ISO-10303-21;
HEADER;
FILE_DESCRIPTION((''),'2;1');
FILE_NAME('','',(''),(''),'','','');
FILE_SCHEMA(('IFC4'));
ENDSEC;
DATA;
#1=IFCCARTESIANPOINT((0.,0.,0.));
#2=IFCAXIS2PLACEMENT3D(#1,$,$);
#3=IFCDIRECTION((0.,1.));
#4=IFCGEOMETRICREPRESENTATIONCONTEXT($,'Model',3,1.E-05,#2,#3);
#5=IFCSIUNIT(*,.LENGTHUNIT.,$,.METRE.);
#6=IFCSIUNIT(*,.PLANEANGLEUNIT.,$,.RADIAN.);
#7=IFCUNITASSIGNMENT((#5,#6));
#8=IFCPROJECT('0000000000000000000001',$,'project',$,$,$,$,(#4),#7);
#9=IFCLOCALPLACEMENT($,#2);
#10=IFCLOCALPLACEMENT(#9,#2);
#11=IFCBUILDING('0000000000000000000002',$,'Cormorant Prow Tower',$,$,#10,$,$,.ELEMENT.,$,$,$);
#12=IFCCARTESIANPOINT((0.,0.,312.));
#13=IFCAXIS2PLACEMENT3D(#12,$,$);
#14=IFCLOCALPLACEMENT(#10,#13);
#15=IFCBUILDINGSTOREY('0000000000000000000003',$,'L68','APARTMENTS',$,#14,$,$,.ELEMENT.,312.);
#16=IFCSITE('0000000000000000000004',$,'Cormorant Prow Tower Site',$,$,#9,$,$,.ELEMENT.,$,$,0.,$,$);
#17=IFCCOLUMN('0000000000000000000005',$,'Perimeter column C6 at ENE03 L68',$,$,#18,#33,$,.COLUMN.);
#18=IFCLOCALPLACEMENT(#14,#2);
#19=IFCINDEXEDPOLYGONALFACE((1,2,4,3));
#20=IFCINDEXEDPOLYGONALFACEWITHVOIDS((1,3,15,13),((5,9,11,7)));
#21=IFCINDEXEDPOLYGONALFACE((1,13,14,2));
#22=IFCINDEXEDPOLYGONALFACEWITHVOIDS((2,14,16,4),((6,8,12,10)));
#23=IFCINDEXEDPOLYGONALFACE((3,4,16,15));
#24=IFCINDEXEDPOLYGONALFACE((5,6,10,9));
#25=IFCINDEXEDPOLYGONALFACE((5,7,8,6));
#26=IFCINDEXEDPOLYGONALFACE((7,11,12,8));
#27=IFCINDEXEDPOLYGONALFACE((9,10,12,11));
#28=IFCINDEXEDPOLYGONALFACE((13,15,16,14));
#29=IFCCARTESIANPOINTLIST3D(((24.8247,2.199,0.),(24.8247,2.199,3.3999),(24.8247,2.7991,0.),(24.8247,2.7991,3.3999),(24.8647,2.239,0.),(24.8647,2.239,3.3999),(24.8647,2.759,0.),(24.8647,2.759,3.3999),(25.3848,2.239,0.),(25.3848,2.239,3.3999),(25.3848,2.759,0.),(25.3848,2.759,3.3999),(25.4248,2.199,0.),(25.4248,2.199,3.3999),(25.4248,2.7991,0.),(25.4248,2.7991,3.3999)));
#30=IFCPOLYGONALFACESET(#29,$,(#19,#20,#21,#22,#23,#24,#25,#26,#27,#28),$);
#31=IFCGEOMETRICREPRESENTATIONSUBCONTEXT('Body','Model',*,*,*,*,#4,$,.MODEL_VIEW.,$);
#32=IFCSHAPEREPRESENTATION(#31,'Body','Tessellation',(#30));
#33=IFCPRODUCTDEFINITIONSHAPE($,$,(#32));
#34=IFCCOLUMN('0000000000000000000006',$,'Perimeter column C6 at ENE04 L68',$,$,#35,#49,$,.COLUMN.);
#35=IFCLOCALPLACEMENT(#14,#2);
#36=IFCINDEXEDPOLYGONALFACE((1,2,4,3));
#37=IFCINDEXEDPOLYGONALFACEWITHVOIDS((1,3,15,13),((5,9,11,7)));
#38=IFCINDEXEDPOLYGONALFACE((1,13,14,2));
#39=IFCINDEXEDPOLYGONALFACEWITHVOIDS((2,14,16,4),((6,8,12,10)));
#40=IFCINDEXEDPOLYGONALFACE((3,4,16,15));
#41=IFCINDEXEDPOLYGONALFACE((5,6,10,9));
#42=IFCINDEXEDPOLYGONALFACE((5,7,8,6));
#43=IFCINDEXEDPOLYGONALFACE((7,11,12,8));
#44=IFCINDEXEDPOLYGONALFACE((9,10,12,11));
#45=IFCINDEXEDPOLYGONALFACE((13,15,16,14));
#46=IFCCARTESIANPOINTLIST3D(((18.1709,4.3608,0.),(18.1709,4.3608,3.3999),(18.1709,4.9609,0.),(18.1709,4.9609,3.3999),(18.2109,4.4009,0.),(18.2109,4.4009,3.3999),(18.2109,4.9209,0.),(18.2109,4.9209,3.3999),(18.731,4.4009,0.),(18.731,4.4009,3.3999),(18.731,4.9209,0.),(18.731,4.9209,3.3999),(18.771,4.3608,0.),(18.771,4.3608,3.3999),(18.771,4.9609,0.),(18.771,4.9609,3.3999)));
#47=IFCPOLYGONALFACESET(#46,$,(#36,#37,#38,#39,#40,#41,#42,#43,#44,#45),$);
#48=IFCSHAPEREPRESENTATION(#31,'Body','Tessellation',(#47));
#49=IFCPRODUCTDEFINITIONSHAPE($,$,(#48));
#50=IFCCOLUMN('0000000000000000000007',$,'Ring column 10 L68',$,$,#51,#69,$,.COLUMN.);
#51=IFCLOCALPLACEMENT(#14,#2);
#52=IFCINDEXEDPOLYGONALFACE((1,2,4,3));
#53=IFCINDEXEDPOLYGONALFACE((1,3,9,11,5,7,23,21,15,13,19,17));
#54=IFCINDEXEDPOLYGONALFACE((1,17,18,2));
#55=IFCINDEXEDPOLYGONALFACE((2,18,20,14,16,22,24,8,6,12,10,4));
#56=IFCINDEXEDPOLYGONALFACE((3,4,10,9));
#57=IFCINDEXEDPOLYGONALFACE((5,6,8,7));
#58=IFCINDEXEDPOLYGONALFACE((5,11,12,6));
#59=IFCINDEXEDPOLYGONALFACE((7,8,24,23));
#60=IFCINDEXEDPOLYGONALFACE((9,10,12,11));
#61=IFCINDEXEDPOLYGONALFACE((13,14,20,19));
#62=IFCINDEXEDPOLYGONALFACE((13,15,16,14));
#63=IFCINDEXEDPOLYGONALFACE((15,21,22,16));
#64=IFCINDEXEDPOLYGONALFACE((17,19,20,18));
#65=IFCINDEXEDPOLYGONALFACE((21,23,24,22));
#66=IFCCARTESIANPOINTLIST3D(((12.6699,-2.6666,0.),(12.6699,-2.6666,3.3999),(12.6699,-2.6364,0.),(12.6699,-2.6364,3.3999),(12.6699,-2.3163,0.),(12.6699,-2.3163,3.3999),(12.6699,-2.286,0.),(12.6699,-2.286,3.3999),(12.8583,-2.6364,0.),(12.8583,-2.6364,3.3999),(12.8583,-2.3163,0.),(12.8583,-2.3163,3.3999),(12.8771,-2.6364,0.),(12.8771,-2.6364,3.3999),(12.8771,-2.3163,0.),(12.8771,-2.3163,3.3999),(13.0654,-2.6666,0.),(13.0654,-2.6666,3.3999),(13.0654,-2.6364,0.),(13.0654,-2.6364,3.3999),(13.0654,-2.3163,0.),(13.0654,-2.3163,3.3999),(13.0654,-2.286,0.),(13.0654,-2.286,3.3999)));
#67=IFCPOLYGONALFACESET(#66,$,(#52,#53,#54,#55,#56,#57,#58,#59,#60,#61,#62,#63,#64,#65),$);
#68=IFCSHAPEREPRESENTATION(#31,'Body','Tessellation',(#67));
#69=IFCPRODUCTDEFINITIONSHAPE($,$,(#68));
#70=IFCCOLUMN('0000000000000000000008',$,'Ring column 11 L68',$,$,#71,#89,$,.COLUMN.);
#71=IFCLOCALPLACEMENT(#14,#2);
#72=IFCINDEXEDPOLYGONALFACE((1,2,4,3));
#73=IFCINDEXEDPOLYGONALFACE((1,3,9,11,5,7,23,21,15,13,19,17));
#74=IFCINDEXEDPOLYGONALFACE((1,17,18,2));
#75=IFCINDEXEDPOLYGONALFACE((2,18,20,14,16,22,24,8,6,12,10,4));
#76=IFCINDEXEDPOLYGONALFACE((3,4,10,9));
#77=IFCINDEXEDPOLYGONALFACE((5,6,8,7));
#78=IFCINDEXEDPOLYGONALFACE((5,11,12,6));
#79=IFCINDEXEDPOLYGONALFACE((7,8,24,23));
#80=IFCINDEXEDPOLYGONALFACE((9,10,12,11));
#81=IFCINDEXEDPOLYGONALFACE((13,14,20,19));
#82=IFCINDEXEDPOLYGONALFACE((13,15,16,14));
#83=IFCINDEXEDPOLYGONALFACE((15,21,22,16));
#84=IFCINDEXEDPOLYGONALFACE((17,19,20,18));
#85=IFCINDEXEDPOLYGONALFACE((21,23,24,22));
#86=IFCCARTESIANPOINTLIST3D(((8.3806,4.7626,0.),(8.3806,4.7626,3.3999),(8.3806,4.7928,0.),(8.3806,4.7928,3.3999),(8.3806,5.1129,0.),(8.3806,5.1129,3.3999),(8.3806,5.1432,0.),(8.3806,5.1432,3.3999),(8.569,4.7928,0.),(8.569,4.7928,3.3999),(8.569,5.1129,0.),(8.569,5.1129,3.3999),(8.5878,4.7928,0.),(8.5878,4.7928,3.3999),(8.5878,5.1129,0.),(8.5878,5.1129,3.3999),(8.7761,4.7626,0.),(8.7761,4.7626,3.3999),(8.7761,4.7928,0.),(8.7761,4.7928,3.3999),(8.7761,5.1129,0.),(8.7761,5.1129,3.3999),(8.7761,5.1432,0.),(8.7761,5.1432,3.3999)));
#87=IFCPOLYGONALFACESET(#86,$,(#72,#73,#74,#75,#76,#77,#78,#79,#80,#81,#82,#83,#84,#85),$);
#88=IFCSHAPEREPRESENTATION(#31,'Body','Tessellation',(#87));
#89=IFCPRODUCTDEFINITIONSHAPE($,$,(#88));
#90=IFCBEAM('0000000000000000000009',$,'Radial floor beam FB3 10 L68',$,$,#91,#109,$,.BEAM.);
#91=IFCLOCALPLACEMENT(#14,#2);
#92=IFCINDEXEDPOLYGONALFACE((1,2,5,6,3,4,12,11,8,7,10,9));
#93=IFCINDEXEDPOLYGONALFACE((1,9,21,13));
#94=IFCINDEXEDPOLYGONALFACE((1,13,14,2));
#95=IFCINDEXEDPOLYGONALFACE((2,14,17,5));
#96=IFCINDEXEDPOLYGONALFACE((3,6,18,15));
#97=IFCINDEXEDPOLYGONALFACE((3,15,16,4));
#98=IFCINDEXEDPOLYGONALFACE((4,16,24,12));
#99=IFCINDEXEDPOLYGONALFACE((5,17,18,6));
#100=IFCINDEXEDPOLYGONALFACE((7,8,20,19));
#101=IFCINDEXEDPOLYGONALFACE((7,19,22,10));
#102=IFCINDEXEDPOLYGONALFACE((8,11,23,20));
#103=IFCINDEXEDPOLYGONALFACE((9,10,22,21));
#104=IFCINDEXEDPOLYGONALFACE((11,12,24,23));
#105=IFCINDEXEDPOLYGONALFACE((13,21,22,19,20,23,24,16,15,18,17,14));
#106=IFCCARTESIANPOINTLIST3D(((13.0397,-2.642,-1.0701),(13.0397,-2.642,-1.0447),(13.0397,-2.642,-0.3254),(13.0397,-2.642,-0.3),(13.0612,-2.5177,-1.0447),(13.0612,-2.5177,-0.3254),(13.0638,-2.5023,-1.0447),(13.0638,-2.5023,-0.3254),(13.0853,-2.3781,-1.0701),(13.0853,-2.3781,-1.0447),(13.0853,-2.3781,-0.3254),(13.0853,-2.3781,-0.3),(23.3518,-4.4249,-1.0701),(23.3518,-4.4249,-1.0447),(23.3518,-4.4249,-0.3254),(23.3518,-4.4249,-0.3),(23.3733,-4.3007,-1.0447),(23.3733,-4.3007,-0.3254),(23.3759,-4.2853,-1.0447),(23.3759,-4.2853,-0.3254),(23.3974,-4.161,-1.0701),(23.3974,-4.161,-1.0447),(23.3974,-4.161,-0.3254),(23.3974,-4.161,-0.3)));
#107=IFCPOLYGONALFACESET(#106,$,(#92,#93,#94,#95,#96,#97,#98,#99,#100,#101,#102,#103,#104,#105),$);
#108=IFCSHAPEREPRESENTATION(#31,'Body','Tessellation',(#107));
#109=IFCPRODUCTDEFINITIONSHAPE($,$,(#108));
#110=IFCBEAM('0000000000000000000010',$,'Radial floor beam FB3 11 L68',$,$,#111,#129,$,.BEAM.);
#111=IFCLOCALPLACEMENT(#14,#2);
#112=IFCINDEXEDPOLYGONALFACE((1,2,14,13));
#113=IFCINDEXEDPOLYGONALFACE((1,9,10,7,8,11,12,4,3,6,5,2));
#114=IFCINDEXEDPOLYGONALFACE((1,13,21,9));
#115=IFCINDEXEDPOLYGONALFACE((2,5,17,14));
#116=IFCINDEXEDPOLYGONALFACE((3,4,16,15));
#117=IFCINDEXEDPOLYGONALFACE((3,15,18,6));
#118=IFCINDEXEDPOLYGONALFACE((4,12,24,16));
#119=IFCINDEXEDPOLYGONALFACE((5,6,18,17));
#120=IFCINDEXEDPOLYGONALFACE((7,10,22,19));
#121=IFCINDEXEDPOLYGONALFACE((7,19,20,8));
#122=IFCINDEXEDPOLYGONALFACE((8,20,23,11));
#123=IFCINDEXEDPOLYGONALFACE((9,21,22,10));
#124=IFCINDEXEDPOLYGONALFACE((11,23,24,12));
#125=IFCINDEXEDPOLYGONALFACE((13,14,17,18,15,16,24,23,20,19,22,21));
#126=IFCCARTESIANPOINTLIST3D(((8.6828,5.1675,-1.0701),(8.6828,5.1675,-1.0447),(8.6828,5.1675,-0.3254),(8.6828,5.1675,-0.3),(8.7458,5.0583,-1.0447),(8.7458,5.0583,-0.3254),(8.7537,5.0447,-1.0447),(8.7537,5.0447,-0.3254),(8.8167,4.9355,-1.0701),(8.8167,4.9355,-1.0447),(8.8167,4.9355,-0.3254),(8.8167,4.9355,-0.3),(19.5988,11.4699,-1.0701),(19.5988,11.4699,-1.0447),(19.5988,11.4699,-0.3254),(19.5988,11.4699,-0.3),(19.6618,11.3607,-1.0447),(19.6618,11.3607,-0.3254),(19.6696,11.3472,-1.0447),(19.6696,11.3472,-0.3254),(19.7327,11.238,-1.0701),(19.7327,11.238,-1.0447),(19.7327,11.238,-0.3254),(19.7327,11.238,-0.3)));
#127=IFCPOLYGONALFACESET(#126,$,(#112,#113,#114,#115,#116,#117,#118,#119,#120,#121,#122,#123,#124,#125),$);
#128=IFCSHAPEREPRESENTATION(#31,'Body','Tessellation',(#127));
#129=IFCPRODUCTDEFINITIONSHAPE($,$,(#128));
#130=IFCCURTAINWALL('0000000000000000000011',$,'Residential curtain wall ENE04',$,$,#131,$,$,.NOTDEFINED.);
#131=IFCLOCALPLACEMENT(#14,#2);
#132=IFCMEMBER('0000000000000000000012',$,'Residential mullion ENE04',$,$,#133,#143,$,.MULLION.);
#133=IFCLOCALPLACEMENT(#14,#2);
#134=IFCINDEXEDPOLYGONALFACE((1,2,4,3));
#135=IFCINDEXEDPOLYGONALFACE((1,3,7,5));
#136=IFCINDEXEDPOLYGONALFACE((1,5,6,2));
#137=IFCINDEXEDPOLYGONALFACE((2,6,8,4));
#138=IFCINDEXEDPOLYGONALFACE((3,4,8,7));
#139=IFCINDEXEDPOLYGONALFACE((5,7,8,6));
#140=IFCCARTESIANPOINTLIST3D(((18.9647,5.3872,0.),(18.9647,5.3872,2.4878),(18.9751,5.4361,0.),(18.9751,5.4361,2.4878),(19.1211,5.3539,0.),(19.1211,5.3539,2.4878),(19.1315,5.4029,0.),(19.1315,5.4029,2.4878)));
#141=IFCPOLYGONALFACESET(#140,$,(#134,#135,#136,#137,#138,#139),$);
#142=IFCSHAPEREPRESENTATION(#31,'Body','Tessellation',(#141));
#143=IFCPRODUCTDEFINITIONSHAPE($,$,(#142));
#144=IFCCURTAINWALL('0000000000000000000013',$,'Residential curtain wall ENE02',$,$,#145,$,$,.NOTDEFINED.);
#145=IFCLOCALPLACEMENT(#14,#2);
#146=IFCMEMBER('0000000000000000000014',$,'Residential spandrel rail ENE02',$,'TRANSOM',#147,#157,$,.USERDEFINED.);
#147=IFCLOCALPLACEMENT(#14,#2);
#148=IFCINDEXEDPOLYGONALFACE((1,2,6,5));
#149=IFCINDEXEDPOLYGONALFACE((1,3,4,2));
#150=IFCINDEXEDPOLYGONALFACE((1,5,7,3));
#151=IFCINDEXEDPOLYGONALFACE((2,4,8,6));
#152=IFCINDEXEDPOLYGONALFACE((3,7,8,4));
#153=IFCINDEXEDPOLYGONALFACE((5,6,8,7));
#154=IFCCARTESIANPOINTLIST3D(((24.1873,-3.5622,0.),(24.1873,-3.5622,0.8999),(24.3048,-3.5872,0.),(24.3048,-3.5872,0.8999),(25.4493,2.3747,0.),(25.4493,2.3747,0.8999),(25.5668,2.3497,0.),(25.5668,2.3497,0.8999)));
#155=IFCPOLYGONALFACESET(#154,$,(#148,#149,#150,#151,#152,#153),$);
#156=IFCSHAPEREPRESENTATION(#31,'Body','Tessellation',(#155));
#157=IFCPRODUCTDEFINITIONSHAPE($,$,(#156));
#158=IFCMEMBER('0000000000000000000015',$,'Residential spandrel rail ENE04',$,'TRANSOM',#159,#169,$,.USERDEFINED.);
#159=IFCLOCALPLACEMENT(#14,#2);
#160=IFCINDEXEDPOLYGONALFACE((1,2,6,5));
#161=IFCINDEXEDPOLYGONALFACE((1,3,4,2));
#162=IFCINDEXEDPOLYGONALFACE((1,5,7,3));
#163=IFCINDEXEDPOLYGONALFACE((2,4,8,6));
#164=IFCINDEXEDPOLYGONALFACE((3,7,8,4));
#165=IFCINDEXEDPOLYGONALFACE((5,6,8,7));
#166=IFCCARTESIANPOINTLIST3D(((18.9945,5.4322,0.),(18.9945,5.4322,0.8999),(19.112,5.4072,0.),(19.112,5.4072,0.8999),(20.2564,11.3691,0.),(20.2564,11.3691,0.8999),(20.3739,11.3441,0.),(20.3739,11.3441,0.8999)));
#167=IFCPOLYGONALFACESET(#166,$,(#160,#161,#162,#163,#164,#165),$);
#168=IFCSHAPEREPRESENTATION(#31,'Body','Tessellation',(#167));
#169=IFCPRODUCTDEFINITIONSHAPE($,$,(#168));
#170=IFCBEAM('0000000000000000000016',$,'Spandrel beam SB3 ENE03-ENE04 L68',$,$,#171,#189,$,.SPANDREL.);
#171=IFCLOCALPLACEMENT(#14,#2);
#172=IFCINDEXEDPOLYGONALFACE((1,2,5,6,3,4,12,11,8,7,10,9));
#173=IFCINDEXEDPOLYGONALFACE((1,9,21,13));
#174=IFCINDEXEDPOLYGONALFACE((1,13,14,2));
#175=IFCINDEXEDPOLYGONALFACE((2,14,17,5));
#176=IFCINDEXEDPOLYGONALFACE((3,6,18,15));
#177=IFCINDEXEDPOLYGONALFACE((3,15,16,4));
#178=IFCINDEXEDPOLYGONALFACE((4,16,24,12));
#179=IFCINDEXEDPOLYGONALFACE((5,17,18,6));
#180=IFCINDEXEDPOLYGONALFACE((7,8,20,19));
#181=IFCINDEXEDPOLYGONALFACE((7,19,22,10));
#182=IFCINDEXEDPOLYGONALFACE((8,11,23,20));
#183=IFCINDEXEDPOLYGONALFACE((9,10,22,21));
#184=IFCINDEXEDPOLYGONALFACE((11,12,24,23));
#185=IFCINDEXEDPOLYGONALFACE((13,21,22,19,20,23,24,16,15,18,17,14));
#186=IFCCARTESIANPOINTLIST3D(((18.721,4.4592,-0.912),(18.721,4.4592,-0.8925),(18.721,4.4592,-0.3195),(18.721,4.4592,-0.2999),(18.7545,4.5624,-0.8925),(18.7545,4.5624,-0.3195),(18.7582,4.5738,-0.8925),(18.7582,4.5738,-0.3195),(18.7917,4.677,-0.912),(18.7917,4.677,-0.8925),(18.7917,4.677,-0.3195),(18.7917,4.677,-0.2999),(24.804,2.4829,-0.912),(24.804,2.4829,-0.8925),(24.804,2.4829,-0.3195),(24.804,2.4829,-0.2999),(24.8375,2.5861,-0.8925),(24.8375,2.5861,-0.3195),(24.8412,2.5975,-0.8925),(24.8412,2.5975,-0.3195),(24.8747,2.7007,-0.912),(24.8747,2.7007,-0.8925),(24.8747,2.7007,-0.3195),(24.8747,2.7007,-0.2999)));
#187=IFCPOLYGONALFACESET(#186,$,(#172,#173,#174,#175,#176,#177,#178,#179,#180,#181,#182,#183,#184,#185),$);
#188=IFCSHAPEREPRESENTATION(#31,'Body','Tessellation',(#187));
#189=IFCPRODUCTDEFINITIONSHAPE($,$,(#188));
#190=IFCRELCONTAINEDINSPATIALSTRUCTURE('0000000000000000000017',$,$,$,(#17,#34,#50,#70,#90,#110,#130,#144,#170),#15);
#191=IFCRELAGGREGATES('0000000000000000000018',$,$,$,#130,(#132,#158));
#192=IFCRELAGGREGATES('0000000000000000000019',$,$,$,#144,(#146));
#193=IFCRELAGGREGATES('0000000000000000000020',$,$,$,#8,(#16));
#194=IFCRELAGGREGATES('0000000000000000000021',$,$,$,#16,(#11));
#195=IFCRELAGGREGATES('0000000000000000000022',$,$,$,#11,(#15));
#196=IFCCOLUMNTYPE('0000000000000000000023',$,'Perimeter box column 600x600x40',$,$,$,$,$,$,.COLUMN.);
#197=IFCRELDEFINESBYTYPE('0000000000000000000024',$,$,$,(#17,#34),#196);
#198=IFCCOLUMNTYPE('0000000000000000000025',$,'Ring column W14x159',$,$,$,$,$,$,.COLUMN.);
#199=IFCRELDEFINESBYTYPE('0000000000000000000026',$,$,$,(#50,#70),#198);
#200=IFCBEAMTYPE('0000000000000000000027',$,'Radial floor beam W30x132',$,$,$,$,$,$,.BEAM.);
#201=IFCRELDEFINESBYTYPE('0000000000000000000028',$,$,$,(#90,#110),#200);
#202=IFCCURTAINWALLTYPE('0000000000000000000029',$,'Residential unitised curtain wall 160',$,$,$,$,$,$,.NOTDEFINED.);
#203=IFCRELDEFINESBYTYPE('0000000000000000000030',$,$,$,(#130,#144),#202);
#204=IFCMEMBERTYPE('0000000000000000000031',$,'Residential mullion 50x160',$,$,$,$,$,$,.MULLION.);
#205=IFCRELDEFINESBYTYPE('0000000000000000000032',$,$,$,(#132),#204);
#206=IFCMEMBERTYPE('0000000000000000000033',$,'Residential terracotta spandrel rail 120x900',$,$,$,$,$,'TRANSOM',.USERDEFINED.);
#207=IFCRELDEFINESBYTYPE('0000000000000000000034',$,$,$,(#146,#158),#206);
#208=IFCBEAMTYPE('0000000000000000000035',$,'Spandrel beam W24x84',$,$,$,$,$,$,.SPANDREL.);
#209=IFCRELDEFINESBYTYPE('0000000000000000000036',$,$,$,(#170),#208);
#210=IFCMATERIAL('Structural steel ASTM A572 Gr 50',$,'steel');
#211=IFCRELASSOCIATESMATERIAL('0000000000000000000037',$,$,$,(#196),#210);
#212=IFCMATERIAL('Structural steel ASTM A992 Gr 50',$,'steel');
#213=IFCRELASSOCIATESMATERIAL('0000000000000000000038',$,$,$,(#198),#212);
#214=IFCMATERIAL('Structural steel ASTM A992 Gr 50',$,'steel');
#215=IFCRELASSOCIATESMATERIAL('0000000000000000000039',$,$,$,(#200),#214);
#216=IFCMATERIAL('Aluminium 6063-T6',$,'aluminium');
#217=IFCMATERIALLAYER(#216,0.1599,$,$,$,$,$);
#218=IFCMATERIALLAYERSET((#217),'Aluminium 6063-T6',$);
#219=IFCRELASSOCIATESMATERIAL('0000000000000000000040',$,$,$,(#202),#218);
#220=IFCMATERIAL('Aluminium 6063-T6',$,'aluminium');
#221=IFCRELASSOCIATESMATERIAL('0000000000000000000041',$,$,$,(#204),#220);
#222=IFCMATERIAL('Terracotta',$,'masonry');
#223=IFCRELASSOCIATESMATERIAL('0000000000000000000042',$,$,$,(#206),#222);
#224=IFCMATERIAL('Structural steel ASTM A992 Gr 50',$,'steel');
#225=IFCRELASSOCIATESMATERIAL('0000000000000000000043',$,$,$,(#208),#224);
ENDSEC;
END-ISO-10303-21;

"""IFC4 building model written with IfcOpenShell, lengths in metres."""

from ifc_helpers import new_model, si_unit, direction, frame, origin, origin_2d, place, context, subcontext, project, spatial, rectangle, hollow_rectangle, i_section, extrude, material, layer, layer_set, material_profile, profile_set, type_object, element, aggregate, save


model = new_model("IFC4")

# Units and contexts
model_context = context("Model", 3, precision=1e-05, world=origin(), true_north=direction((0.0, 1.0)))
body_context = subcontext(model_context, "Body", "Model", "MODEL_VIEW")
ifc_project = project(units=[si_unit("LENGTHUNIT", "METRE"), si_unit("PLANEANGLEUNIT", "RADIAN")], contexts=[model_context])

# Site, building, storey
site_placement = place(None, origin())
site = spatial("IfcSite", under=ifc_project, at=site_placement, Name="Cormorant Prow Tower Site", CompositionType="ELEMENT", RefElevation=0.0)
building_placement = place(site_placement, origin())
building = spatial("IfcBuilding", under=site, at=building_placement, Name="Cormorant Prow Tower", CompositionType="ELEMENT")
storey_placement = place(building_placement, frame((0.0, 0.0, 312.0)))
storey = spatial("IfcBuildingStorey", under=building, at=storey_placement, Name="L68", Description="APARTMENTS", CompositionType="ELEMENT", Elevation=312.0)

# Columns
ifc_material_1 = material(Name="Structural steel ASTM A572 Gr 50", Category="steel")
ifc_material_profile_1 = material_profile(ifc_material_1, hollow_rectangle(XDim=0.6001, YDim=0.6001, WallThickness=0.04, at=origin_2d()), Name="Box 600x600x40")
ifc_profile_set_1 = profile_set([ifc_material_profile_1], Name="Structural steel ASTM A572 Gr 50")
column_type_1 = type_object("IfcColumnType", Name="Perimeter box column 600x600x40", PredefinedType="COLUMN", material=ifc_profile_set_1)
for number, where, z_axis, x_axis, name in (
    (1, (25.1248, 2.499, 0.0), (0.0, 0.0, 1.0), (1.0, 0.0, 0.0), "Perimeter column C6 at ENE03 L68"),
    (2, (18.4709, 4.6609, 0.0), (0.0, 0.0, 1.0), (1.0, 0.0, 0.0), "Perimeter column C6 at ENE04 L68"),
):
    element("IfcColumn", number, at=place(storey_placement, frame(where, z_axis=z_axis, x_axis=x_axis)), inside=storey, type_object=column_type_1, Name=name, PredefinedType="COLUMN", context=body_context, shape_type="SweptSolid", body=[
        extrude(hollow_rectangle(XDim=0.6001, YDim=0.6001, WallThickness=0.04, at=origin_2d()), origin(), (0.0, 0.0, 1.0), 3.3999),
    ])
ifc_material_2 = material(Name="Structural steel ASTM A992 Gr 50", Category="steel")
ifc_material_profile_2 = material_profile(ifc_material_2, i_section(OverallWidth=0.3955, OverallDepth=0.3806, WebThickness=0.0188, FlangeThickness=0.0303, at=origin_2d()), Name="W14x159")
ifc_profile_set_2 = profile_set([ifc_material_profile_2], Name="Structural steel ASTM A992 Gr 50")
column_type_2 = type_object("IfcColumnType", Name="Ring column W14x159", PredefinedType="COLUMN", material=ifc_profile_set_2)
for number, where, z_axis, x_axis, name in (
    (3, (12.8677, -2.4763, 0.0), (0.0, 0.0, 1.0), (1.0, 0.0, 0.0), "Ring column 10 L68"),
    (4, (8.5784, 4.9529, 0.0), (0.0, 0.0, 1.0), (1.0, 0.0, 0.0), "Ring column 11 L68"),
):
    element("IfcColumn", number, at=place(storey_placement, frame(where, z_axis=z_axis, x_axis=x_axis)), inside=storey, type_object=column_type_2, Name=name, PredefinedType="COLUMN", context=body_context, shape_type="SweptSolid", body=[
        extrude(i_section(OverallWidth=0.3955, OverallDepth=0.3806, WebThickness=0.0188, FlangeThickness=0.0303, at=origin_2d()), origin(), (0.0, 0.0, 1.0), 3.3999),
    ])

# Beams
ifc_material_3 = material(Name="Structural steel ASTM A992 Gr 50", Category="steel")
ifc_material_profile_3 = material_profile(ifc_material_3, i_section(OverallWidth=0.2678, OverallDepth=0.77, WebThickness=0.0156, FlangeThickness=0.0254, at=origin_2d()), Name="W30x132")
ifc_profile_set_3 = profile_set([ifc_material_profile_3], Name="Structural steel ASTM A992 Gr 50")
beam_type_1 = type_object("IfcBeamType", Name="Radial floor beam W30x132", PredefinedType="BEAM", material=ifc_profile_set_3)
beam_1_placement = place(storey_placement, frame((13.0625, -2.51, -0.6851), z_axis=(0.98538, -0.170373, 0.0), x_axis=(0.170373, 0.98538, 0.0)))
element("IfcBeam", 5, at=beam_1_placement, inside=storey, type_object=beam_type_1, Name="Radial floor beam FB3 10 L68", PredefinedType="BEAM", context=body_context, shape_type="SweptSolid", body=[
    extrude(i_section(OverallWidth=0.2678, OverallDepth=0.77, WebThickness=0.0156, FlangeThickness=0.0254, at=origin_2d()), origin(), (0.0, 0.0, 1.0), 10.4651),
])
beam_2_placement = place(storey_placement, frame((8.7498, 5.0515, -0.6851), z_axis=(0.866021, 0.500007, 0.0), x_axis=(-0.500007, 0.866021, 0.0)))
element("IfcBeam", 6, at=beam_2_placement, inside=storey, type_object=beam_type_1, Name="Radial floor beam FB3 11 L68", PredefinedType="BEAM", context=body_context, shape_type="SweptSolid", body=[
    extrude(i_section(OverallWidth=0.2678, OverallDepth=0.77, WebThickness=0.0156, FlangeThickness=0.0254, at=origin_2d()), origin(), (0.0, 0.0, 1.0), 12.6047),
])

# Curtain walls, members
ifc_material_4 = material(Name="Aluminium 6063-T6", Category="aluminium")
ifc_layer_1 = layer(ifc_material_4, 0.1599)
ifc_layer_set_1 = layer_set([ifc_layer_1], Name="Aluminium 6063-T6")
curtain_wall_type = type_object("IfcCurtainWallType", Name="Residential unitised curtain wall 160", PredefinedType="NOTDEFINED", material=ifc_layer_set_1)
curtain_wall_1_placement = place(storey_placement, origin())
curtain_wall_1 = element("IfcCurtainWall", 7, at=curtain_wall_1_placement, inside=storey, type_object=curtain_wall_type, Name="Residential curtain wall ENE04", PredefinedType="NOTDEFINED")
ifc_material_5 = material(Name="Aluminium 6063-T6", Category="aluminium")
ifc_material_profile_4 = material_profile(ifc_material_5, rectangle(XDim=0.1599, YDim=0.05, at=origin_2d()), Name="Residential mullion 50x160")
ifc_profile_set_4 = profile_set([ifc_material_profile_4], Name="Aluminium 6063-T6")
member_type_1 = type_object("IfcMemberType", Name="Residential mullion 50x160", PredefinedType="MULLION", material=ifc_profile_set_4)
member_1_placement = place(storey_placement, frame((19.0481, 5.395, 0.0), z_axis=(0.0, 0.0, 1.0), x_axis=(-0.978148, 0.207912, 0.0)))
member_1 = element("IfcMember", 8, at=member_1_placement, type_object=member_type_1, Name="Residential mullion ENE04", PredefinedType="MULLION", context=body_context, shape_type="SweptSolid", body=[
    extrude(rectangle(XDim=0.1599, YDim=0.05, at=origin_2d()), origin(), (0.0, 0.0, 1.0), 2.4878),
])
curtain_wall_2_placement = place(storey_placement, origin())
curtain_wall_2 = element("IfcCurtainWall", 9, at=curtain_wall_2_placement, inside=storey, type_object=curtain_wall_type, Name="Residential curtain wall ENE02", PredefinedType="NOTDEFINED")
ifc_material_6 = material(Name="Terracotta", Category="masonry")
ifc_material_profile_5 = material_profile(ifc_material_6, rectangle(XDim=0.1201, YDim=0.8999, at=origin_2d()), Name="Residential terracotta spandrel rail 120x900")
ifc_profile_set_5 = profile_set([ifc_material_profile_5], Name="Terracotta")
member_type_2 = type_object("IfcMemberType", Name="Residential terracotta spandrel rail 120x900", ElementType="TRANSOM", PredefinedType="USERDEFINED", material=ifc_profile_set_5)
member_2_placement = place(storey_placement, frame((24.2461, -3.5747, 0.45), z_axis=(0.207914, 0.978147, 0.0), x_axis=(-0.978147, 0.207914, 0.0)))
member_2 = element("IfcMember", 10, at=member_2_placement, type_object=member_type_2, Name="Residential spandrel rail ENE02", ObjectType="TRANSOM", PredefinedType="USERDEFINED", context=body_context, shape_type="SweptSolid", body=[
    extrude(rectangle(XDim=0.1201, YDim=0.8999, at=origin_2d()), origin(), (0.0, 0.0, 1.0), 6.0696),
])

# Member
member_3_placement = place(storey_placement, frame((19.0532, 5.4197, 0.45), z_axis=(0.207914, 0.978147, 0.0), x_axis=(-0.978147, 0.207914, 0.0)))
member_3 = element("IfcMember", 11, at=member_3_placement, type_object=member_type_2, Name="Residential spandrel rail ENE04", ObjectType="TRANSOM", PredefinedType="USERDEFINED", context=body_context, shape_type="SweptSolid", body=[
    extrude(rectangle(XDim=0.1201, YDim=0.8999, at=origin_2d()), origin(), (0.0, 0.0, 1.0), 6.0696),
])
aggregate(curtain_wall_1, [member_1, member_3])

# Beam
ifc_material_7 = material(Name="Structural steel ASTM A992 Gr 50", Category="steel")
ifc_material_profile_6 = material_profile(ifc_material_7, i_section(OverallWidth=0.229, OverallDepth=0.6121, WebThickness=0.012, FlangeThickness=0.0195, at=origin_2d()), Name="W24x84")
ifc_profile_set_6 = profile_set([ifc_material_profile_6], Name="Structural steel ASTM A992 Gr 50")
beam_type_2 = type_object("IfcBeamType", Name="Spandrel beam W24x84", PredefinedType="SPANDREL", material=ifc_profile_set_6)
beam_3_placement = place(storey_placement, frame((24.8394, 2.5918, -0.606), z_axis=(-0.951064, 0.308993, 0.0), x_axis=(-0.308993, -0.951064, 0.0)))
element("IfcBeam", 12, at=beam_3_placement, inside=storey, type_object=beam_type_2, Name="Spandrel beam SB3 ENE03-ENE04 L68", PredefinedType="SPANDREL", context=body_context, shape_type="SweptSolid", body=[
    extrude(i_section(OverallWidth=0.229, OverallDepth=0.6121, WebThickness=0.012, FlangeThickness=0.0195, at=origin_2d()), origin(), (0.0, 0.0, 1.0), 6.396),
])

aggregate(curtain_wall_2, [member_2])

save(model, "model.ifc")
